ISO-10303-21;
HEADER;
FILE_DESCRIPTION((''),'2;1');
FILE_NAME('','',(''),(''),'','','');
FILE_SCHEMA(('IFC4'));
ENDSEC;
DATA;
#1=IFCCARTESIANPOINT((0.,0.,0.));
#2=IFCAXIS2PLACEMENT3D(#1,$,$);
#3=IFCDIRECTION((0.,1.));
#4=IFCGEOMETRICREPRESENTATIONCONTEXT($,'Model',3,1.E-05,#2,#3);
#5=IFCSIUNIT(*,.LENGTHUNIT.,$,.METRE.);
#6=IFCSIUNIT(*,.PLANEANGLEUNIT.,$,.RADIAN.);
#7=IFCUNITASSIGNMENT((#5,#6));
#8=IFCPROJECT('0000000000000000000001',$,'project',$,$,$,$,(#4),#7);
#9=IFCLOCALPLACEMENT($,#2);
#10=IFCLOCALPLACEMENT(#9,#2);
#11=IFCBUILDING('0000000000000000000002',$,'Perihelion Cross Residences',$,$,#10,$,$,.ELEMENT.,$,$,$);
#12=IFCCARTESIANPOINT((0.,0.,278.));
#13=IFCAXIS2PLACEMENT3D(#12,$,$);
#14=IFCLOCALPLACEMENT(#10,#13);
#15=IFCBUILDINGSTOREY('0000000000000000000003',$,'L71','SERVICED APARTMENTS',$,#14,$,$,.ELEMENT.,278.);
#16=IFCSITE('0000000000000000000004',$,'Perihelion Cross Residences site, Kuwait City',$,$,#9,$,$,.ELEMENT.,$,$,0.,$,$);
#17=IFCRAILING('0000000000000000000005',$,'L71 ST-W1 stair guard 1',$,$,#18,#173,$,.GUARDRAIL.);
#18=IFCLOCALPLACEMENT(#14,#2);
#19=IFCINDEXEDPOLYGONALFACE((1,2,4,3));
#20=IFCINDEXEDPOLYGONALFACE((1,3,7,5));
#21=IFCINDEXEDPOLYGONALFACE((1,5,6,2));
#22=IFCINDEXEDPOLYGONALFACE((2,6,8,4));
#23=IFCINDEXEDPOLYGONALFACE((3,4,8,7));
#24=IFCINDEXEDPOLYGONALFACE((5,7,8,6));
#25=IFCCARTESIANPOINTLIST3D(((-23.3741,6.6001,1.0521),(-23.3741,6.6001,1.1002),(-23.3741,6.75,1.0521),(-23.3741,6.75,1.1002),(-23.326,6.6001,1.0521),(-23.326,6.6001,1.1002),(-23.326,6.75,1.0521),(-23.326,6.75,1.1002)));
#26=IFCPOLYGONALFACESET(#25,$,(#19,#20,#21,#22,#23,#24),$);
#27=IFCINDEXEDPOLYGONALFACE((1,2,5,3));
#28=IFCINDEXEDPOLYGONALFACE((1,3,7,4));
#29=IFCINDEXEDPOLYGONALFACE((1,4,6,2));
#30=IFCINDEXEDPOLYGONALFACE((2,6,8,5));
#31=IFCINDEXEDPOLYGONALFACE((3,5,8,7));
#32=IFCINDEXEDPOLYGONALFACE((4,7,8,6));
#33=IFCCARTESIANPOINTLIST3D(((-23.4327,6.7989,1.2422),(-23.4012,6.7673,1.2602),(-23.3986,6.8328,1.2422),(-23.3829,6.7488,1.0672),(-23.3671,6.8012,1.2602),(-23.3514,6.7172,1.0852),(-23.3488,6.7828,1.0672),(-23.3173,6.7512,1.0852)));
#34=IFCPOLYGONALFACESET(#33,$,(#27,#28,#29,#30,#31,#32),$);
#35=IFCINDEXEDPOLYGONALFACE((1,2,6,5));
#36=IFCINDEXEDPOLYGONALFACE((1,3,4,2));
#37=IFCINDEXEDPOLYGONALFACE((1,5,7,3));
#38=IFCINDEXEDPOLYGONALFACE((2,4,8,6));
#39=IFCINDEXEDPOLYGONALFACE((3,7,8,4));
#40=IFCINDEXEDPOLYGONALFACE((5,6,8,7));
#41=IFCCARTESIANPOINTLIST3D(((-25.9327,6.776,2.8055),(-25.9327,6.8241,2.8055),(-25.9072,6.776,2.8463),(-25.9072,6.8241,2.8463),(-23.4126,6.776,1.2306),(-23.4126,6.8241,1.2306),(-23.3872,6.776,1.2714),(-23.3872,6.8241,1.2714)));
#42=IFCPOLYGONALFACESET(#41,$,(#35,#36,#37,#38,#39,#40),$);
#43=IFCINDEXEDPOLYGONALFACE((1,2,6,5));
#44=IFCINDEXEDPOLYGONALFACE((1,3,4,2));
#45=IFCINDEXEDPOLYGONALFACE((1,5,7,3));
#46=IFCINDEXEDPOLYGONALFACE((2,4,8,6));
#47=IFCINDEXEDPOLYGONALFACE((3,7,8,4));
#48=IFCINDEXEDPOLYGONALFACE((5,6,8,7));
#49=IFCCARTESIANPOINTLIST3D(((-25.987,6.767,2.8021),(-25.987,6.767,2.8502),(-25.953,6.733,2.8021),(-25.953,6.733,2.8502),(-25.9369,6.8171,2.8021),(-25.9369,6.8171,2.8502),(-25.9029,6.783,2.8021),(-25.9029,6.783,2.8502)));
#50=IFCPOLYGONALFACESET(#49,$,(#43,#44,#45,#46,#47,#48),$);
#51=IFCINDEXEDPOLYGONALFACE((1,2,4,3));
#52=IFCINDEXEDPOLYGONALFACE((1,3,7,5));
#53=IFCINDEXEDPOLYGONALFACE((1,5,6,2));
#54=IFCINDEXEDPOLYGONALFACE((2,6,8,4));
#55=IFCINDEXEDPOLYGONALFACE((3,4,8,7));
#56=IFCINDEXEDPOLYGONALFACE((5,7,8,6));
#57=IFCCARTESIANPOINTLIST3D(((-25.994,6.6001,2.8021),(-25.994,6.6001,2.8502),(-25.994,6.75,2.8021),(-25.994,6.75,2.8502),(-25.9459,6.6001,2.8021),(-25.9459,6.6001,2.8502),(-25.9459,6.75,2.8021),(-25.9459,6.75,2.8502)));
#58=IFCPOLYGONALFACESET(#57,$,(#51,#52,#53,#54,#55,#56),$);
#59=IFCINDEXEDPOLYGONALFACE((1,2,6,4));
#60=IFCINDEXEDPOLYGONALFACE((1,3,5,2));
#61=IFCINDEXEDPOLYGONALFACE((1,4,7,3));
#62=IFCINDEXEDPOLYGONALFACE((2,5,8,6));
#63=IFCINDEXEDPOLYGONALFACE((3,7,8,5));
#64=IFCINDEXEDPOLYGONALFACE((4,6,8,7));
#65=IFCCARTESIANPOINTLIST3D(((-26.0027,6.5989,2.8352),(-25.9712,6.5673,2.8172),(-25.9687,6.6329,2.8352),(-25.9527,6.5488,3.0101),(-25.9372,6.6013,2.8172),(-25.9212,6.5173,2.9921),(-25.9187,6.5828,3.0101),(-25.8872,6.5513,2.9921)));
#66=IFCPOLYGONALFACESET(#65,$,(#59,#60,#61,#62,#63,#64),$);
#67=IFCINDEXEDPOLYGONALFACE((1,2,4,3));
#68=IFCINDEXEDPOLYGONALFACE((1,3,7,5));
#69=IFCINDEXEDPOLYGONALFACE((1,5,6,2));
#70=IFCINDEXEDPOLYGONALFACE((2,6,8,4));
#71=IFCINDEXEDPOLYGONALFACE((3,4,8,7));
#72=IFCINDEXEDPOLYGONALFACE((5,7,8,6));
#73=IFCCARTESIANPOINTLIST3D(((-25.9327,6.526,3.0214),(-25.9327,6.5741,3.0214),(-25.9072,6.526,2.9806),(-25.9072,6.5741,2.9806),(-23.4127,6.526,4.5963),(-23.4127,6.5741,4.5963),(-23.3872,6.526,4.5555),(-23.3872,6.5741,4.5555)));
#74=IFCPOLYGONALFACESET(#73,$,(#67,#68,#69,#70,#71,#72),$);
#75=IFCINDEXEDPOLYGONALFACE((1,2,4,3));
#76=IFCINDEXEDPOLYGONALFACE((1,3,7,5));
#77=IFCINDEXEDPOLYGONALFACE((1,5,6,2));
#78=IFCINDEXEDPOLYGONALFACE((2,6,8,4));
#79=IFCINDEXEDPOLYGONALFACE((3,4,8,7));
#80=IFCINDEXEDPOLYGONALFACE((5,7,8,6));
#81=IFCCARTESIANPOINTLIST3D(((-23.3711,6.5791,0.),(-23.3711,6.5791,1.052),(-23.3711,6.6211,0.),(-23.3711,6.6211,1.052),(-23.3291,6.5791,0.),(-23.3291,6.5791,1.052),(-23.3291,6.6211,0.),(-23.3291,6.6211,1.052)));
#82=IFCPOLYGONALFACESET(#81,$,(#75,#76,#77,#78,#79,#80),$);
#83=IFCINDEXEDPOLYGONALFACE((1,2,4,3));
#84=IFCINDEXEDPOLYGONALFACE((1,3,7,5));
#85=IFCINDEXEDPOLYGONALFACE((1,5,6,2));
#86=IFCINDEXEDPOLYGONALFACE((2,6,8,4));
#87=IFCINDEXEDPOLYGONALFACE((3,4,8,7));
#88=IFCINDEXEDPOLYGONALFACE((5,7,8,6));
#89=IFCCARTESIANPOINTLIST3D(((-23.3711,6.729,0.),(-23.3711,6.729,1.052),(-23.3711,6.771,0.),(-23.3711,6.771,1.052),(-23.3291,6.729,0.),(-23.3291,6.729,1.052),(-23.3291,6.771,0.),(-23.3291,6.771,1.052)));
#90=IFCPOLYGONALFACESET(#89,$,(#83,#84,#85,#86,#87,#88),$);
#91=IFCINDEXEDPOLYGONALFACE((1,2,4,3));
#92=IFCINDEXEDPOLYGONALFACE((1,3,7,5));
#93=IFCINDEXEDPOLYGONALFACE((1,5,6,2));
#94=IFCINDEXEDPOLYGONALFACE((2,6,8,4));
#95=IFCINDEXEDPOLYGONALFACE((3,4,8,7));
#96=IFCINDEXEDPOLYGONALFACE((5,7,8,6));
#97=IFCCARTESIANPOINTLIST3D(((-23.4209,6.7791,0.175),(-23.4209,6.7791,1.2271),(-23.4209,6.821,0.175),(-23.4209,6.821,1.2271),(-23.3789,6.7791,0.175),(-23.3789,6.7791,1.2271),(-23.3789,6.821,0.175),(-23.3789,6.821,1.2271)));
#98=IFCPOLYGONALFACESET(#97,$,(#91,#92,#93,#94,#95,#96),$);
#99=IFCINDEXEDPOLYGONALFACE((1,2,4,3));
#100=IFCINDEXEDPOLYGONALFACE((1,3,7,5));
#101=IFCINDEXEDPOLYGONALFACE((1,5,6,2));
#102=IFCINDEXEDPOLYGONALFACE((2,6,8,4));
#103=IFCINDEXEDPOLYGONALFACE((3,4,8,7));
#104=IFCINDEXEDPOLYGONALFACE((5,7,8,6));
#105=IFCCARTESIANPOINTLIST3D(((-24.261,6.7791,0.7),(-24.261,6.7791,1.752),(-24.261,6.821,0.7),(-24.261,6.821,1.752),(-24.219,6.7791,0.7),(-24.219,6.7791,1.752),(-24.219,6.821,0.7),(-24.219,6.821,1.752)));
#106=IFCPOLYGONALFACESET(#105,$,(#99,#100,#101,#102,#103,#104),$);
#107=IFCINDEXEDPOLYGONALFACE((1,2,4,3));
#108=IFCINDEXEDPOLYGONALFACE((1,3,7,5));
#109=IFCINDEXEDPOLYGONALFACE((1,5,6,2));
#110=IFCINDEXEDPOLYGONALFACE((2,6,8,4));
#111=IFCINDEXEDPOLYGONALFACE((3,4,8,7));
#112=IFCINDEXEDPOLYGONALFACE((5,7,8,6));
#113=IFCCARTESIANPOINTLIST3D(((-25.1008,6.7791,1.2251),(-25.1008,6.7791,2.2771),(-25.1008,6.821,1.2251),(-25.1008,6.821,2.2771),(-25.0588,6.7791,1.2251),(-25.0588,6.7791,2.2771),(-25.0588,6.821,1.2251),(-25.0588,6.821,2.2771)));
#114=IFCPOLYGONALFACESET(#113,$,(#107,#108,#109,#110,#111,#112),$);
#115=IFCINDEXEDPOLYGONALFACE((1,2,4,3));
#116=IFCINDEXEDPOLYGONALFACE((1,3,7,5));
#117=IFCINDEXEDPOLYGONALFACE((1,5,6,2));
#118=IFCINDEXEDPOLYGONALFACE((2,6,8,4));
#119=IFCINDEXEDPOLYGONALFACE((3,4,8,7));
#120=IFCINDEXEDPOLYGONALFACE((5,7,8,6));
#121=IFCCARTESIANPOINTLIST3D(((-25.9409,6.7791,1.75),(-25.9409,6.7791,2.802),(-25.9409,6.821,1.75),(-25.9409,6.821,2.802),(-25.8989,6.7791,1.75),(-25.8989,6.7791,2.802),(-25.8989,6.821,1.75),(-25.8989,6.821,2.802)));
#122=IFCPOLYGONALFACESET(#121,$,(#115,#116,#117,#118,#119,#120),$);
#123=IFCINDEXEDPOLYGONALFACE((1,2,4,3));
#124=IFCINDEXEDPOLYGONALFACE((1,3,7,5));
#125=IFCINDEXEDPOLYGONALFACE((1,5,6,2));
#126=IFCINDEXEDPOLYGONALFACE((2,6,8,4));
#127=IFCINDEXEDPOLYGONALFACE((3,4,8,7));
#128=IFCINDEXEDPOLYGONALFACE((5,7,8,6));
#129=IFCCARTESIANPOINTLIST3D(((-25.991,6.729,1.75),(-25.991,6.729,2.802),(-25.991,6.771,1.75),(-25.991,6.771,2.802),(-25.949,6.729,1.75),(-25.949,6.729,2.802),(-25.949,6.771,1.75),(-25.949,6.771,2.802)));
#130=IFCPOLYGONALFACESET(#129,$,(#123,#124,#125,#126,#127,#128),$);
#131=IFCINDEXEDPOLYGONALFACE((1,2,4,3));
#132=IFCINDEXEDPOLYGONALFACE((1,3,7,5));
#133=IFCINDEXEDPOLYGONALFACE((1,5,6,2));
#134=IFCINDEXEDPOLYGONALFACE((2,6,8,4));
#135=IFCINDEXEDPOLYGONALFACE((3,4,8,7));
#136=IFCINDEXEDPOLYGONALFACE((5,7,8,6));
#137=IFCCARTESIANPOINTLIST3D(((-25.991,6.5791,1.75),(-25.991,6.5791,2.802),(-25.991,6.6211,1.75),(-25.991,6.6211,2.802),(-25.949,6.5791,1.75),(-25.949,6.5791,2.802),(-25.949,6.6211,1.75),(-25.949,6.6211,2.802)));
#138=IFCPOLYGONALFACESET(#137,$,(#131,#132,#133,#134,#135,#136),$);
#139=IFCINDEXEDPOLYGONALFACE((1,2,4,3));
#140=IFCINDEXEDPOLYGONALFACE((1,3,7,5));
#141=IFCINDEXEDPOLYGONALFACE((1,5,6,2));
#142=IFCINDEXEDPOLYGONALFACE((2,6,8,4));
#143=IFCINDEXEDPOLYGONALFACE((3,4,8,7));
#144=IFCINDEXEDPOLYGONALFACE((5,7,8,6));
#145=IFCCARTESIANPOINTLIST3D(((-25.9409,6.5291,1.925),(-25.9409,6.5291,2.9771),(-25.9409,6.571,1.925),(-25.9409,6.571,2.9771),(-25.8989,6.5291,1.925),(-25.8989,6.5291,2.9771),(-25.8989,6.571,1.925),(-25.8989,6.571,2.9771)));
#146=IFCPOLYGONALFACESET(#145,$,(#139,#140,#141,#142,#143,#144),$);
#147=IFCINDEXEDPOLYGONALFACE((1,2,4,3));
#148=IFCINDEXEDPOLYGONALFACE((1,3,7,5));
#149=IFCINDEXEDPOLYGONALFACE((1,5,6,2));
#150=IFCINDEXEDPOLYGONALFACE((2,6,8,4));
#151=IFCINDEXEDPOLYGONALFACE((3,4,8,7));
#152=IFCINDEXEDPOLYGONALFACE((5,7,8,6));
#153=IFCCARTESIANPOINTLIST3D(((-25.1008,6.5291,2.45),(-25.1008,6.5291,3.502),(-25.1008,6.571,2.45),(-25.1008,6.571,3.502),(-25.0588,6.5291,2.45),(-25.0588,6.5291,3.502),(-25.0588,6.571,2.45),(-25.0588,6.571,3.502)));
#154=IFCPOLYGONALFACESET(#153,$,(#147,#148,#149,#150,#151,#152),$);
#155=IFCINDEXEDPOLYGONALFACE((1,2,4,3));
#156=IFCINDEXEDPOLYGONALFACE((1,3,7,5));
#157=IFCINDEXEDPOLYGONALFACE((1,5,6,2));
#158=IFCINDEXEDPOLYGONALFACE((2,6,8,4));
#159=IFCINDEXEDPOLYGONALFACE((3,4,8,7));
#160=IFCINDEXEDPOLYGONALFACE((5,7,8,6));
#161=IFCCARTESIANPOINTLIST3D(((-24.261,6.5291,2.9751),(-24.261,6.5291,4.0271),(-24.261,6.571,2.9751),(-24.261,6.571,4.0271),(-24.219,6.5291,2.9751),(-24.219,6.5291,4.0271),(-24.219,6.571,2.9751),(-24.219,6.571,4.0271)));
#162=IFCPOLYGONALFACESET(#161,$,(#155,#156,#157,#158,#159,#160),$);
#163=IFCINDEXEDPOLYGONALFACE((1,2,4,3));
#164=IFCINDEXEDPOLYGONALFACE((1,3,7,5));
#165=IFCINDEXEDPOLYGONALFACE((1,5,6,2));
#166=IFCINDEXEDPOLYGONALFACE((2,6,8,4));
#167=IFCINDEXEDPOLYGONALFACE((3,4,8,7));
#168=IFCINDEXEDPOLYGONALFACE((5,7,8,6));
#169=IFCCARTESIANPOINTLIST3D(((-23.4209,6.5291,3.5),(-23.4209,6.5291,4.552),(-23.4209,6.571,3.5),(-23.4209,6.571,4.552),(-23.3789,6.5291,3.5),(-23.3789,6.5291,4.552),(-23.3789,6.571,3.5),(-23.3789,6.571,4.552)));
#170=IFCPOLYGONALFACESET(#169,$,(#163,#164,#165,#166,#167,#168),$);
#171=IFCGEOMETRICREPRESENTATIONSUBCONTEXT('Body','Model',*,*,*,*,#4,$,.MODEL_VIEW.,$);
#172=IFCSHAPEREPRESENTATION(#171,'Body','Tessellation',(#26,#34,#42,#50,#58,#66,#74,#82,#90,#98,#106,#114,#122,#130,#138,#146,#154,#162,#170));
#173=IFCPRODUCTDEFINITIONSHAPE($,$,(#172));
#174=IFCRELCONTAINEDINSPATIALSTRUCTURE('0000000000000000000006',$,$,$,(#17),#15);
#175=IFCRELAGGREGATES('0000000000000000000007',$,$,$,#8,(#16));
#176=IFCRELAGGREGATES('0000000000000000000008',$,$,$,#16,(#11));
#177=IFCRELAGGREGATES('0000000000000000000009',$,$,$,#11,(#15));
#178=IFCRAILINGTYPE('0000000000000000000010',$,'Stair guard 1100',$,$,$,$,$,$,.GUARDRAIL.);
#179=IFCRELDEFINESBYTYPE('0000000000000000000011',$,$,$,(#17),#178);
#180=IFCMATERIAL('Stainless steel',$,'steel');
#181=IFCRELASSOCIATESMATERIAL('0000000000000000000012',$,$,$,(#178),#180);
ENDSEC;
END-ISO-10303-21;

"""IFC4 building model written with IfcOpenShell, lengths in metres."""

from ifc_helpers import new_model, si_unit, direction, frame, origin, origin_2d, place, context, subcontext, project, spatial, rectangle, extrude, material, type_object, element, save


model = new_model("IFC4")

# Units and contexts
model_context = context("Model", 3, precision=1e-05, world=origin(), true_north=direction((0.0, 1.0)))
body_context = subcontext(model_context, "Body", "Model", "MODEL_VIEW")
ifc_project = project(units=[si_unit("LENGTHUNIT", "METRE"), si_unit("PLANEANGLEUNIT", "RADIAN")], contexts=[model_context])

# Site, building, storey
site_placement = place(None, origin())
site = spatial("IfcSite", under=ifc_project, at=site_placement, Name="Perihelion Cross Residences site, Kuwait City", CompositionType="ELEMENT", RefElevation=0.0)
building_placement = place(site_placement, origin())
building = spatial("IfcBuilding", under=site, at=building_placement, Name="Perihelion Cross Residences", CompositionType="ELEMENT")
storey_placement = place(building_placement, frame((0.0, 0.0, 278.0)))
storey = spatial("IfcBuildingStorey", under=building, at=storey_placement, Name="L71", Description="SERVICED APARTMENTS", CompositionType="ELEMENT", Elevation=278.0)

# Railing
ifc_material_1 = material(Name="Stainless steel", Category="steel")
railing_type_1 = type_object("IfcRailingType", Name="Stair guard 1100", PredefinedType="GUARDRAIL", material=ifc_material_1)
railing_1_placement = place(storey_placement, frame((-23.3501, 6.6001, 0.0)))
element("IfcRailing", 1, at=railing_1_placement, inside=storey, type_object=railing_type_1, Name="L71 ST-W1 stair guard 1", PredefinedType="GUARDRAIL", context=body_context, shape_type="SweptSolid", body=[
    extrude(rectangle(XDim=0.0481, YDim=0.0481, at=origin_2d()), frame((0.0, 0.0, 1.0762), z_axis=(0.0, 1.0, 0.0), x_axis=(-1.0, 0.0, 0.0)), (0.0, 0.0, 1.0), 0.1499),
    extrude(rectangle(XDim=0.0481, YDim=0.0481, at=origin_2d()), frame((0.0, 0.1499, 1.0762), z_axis=(-0.263862, 0.265156, 0.927399), x_axis=(-0.708834, -0.705376, 0.0)), (0.0, 0.0, 1.0), 0.1887),
    extrude(rectangle(XDim=0.0481, YDim=0.0481, at=origin_2d()), frame((-0.0498, 0.2, 1.251), z_axis=(-0.848008, 0.0, 0.529984), x_axis=(0.0, -1.0, 0.0)), (0.0, 0.0, 1.0), 2.9717),
    extrude(rectangle(XDim=0.0481, YDim=0.0481, at=origin_2d()), frame((-2.5698, 0.2, 2.8262), z_axis=(-0.707107, -0.707107, 0.0), x_axis=(0.707107, -0.707107, 0.0)), (0.0, 0.0, 1.0), 0.0708),
    extrude(rectangle(XDim=0.0481, YDim=0.0481, at=origin_2d()), frame((-2.6199, 0.1499, 2.8262), z_axis=(0.0, -1.0, 0.0), x_axis=(1.0, 0.0, 0.0)), (0.0, 0.0, 1.0), 0.1499),
    extrude(rectangle(XDim=0.0481, YDim=0.0481, at=origin_2d()), frame((-2.6199, 0.0, 2.8262), z_axis=(0.265065, -0.265065, 0.927082), x_axis=(0.707107, 0.707107, 0.0)), (0.0, 0.0, 1.0), 0.1887),
    extrude(rectangle(XDim=0.0481, YDim=0.0481, at=origin_2d()), frame((-2.5698, -0.05, 3.001), z_axis=(0.848008, 0.0, 0.529984), x_axis=(0.0, 1.0, 0.0)), (0.0, 0.0, 1.0), 2.9717),
    extrude(rectangle(XDim=0.042, YDim=0.042, at=origin_2d()), origin(), (0.0, 0.0, 1.0), 1.052),
    extrude(rectangle(XDim=0.042, YDim=0.042, at=origin_2d()), frame((0.0, 0.1499, 0.0)), (0.0, 0.0, 1.0), 1.052),
    extrude(rectangle(XDim=0.042, YDim=0.042, at=origin_2d()), frame((-0.0498, 0.2, 0.175)), (0.0, 0.0, 1.0), 1.052),
    extrude(rectangle(XDim=0.042, YDim=0.042, at=origin_2d()), frame((-0.8899, 0.2, 0.7)), (0.0, 0.0, 1.0), 1.052),
    extrude(rectangle(XDim=0.042, YDim=0.042, at=origin_2d()), frame((-1.7297, 0.2, 1.2251)), (0.0, 0.0, 1.0), 1.052),
    extrude(rectangle(XDim=0.042, YDim=0.042, at=origin_2d()), frame((-2.5698, 0.2, 1.75)), (0.0, 0.0, 1.0), 1.052),
    extrude(rectangle(XDim=0.042, YDim=0.042, at=origin_2d()), frame((-2.6199, 0.1499, 1.75)), (0.0, 0.0, 1.0), 1.052),
    extrude(rectangle(XDim=0.042, YDim=0.042, at=origin_2d()), frame((-2.6199, 0.0, 1.75)), (0.0, 0.0, 1.0), 1.052),
    extrude(rectangle(XDim=0.042, YDim=0.042, at=origin_2d()), frame((-2.5698, -0.05, 1.925)), (0.0, 0.0, 1.0), 1.052),
    extrude(rectangle(XDim=0.042, YDim=0.042, at=origin_2d()), frame((-1.7297, -0.05, 2.45)), (0.0, 0.0, 1.0), 1.052),
    extrude(rectangle(XDim=0.042, YDim=0.042, at=origin_2d()), frame((-0.8899, -0.05, 2.9751)), (0.0, 0.0, 1.0), 1.052),
    extrude(rectangle(XDim=0.042, YDim=0.042, at=origin_2d()), frame((-0.0498, -0.05, 3.5)), (0.0, 0.0, 1.0), 1.052),
])

save(model, "model.ifc")
